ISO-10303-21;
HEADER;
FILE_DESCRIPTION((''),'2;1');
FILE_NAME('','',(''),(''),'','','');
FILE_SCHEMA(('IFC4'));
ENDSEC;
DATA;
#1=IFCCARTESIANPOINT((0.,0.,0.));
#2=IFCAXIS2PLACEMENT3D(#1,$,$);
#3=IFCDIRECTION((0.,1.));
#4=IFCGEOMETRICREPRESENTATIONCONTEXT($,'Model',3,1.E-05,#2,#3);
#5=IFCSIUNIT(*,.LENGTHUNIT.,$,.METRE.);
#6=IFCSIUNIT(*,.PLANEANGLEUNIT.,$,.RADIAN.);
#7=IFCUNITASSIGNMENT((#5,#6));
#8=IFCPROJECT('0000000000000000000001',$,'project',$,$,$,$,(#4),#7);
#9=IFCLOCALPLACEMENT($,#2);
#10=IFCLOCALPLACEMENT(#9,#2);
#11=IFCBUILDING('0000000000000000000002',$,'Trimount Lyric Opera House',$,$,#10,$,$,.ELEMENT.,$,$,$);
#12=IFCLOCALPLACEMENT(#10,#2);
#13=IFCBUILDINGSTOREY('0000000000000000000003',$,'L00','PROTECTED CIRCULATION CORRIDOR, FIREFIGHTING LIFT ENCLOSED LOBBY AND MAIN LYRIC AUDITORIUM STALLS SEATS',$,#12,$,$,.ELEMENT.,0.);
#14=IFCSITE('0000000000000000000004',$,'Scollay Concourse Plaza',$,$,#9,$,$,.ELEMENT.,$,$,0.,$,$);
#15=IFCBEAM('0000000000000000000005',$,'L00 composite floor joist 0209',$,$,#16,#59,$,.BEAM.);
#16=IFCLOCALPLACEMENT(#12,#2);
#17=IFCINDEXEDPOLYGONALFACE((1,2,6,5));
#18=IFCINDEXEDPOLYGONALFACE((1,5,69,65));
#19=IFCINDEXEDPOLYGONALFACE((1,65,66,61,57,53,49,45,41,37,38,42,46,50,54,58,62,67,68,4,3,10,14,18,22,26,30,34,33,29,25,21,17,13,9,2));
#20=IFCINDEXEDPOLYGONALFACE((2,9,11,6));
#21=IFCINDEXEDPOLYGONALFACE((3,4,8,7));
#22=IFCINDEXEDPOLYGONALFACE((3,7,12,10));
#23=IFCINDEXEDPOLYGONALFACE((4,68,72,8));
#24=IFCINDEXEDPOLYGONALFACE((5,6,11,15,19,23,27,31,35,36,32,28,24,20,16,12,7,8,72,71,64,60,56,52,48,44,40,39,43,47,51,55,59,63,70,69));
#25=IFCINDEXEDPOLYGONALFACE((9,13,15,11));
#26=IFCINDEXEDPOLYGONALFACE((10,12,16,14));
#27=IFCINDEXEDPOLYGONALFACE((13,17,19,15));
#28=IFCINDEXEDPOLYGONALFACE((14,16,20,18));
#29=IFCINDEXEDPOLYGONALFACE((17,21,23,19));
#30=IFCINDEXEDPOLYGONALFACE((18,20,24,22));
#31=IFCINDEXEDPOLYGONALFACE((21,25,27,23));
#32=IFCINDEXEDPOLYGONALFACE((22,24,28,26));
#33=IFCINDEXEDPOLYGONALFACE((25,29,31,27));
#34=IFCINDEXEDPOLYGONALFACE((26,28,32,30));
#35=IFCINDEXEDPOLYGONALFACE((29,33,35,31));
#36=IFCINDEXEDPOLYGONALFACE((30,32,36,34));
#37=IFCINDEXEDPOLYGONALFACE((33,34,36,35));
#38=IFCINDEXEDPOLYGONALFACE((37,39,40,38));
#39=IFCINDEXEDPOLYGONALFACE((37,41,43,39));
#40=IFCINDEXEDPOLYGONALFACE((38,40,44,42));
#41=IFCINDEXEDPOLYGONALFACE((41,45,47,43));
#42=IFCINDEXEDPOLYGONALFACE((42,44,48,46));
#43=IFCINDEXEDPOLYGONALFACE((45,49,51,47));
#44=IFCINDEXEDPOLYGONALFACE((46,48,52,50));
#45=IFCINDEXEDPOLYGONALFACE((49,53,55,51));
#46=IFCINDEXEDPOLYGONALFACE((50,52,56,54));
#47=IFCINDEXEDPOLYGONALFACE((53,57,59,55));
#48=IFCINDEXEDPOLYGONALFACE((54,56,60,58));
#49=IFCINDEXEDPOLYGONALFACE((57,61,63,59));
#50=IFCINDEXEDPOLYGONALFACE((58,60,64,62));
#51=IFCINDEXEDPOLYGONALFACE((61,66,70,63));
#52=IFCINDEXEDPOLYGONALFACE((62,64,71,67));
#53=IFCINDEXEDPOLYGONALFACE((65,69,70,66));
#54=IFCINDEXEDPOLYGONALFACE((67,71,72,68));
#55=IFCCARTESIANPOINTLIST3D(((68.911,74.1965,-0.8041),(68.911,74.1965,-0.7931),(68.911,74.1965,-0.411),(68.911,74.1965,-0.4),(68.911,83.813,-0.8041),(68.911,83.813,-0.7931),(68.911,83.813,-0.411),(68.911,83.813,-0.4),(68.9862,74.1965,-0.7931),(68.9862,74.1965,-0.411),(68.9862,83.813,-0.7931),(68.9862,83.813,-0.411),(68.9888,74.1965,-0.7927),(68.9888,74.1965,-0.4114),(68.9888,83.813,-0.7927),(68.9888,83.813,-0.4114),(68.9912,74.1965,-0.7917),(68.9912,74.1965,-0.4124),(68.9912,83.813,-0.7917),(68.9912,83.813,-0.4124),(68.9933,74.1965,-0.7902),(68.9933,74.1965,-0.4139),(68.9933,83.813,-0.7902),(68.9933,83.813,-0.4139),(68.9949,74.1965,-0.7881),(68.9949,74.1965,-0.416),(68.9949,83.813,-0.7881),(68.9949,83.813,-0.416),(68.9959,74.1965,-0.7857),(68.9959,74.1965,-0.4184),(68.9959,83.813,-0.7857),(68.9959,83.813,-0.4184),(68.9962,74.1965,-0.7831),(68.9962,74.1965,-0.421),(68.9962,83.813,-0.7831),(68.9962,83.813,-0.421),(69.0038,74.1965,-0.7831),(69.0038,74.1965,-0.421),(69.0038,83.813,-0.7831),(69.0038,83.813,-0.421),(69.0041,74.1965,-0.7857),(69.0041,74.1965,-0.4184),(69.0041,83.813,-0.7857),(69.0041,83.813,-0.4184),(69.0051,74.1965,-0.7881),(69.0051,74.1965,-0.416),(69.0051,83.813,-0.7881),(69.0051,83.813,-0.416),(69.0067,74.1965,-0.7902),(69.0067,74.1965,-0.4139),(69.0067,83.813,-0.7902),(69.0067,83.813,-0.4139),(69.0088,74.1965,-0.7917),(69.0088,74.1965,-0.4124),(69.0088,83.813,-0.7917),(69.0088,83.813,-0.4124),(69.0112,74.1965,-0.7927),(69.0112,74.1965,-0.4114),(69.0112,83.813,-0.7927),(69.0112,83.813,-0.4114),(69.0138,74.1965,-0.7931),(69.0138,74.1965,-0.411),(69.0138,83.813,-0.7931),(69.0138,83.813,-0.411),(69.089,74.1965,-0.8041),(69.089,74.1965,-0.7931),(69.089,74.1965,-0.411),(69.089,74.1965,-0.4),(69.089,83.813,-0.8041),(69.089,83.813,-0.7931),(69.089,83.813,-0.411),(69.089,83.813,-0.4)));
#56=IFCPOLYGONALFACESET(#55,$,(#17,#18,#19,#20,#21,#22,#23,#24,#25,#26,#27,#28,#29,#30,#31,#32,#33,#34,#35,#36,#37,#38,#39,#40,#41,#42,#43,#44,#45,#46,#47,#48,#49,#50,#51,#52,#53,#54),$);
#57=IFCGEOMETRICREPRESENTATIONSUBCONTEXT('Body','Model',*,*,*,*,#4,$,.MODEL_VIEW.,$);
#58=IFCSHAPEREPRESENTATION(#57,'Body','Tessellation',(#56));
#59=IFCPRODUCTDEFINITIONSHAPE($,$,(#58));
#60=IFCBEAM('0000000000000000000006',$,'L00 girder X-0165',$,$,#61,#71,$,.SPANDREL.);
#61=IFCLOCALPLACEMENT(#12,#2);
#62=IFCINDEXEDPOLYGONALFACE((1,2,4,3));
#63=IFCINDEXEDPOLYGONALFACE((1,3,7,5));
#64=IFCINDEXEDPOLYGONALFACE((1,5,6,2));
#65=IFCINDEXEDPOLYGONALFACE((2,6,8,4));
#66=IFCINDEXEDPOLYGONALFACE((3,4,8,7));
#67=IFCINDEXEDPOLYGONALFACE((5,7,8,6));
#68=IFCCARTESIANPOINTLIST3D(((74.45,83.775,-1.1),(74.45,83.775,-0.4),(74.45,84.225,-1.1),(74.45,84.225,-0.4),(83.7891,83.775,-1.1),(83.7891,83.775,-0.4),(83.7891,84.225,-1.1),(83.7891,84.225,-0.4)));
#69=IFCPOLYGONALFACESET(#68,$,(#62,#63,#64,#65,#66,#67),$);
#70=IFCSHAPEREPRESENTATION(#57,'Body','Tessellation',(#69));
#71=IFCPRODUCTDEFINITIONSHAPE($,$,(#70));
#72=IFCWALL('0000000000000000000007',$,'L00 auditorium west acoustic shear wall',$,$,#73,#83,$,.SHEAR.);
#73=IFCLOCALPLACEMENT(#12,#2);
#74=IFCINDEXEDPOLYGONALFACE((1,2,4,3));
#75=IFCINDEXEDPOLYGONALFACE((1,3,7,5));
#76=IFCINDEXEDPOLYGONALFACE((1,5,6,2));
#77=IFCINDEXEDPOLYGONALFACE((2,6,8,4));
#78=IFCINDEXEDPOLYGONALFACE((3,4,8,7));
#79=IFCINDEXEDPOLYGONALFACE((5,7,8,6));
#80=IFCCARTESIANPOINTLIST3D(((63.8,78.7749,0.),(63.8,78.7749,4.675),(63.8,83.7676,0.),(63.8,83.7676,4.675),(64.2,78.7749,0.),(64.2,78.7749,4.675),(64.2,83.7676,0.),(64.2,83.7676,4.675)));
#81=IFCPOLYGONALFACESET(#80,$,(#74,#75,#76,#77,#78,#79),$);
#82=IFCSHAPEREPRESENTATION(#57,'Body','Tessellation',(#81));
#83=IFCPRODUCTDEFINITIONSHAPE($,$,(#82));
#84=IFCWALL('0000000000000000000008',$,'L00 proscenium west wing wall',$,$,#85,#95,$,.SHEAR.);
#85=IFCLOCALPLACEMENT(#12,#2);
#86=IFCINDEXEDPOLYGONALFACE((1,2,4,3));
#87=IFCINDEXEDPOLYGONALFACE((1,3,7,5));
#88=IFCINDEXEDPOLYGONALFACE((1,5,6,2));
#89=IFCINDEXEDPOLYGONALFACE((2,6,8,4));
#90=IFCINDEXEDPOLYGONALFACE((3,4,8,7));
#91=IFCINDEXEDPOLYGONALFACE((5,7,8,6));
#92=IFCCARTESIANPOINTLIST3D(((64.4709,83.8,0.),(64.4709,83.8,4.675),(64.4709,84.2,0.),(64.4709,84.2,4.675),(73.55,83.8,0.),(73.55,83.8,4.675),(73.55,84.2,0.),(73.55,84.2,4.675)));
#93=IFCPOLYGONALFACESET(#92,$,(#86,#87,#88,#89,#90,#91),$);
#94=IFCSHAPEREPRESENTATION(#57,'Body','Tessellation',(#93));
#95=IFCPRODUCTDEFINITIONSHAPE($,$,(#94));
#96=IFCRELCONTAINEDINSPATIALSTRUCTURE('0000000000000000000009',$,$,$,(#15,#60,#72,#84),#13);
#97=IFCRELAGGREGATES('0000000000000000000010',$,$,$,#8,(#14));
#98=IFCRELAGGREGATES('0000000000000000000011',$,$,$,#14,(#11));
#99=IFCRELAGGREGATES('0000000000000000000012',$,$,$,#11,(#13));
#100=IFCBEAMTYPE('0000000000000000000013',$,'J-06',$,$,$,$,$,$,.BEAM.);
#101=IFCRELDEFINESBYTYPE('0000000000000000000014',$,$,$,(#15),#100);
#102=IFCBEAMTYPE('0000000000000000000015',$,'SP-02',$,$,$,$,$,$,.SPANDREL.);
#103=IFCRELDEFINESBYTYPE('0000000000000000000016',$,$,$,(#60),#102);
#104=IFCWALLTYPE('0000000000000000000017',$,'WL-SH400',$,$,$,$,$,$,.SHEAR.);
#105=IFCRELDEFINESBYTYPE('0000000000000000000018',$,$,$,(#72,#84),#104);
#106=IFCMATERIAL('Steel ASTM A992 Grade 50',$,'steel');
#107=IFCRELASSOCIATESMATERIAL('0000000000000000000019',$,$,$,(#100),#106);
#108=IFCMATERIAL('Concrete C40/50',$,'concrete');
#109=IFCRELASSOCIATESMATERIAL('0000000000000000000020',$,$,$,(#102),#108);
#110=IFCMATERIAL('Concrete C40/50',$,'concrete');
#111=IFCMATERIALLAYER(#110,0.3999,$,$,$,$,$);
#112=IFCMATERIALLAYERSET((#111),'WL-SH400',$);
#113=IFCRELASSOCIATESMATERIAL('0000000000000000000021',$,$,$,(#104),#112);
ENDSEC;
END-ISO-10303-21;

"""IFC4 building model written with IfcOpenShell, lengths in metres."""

from ifc_helpers import new_model, si_unit, direction, frame, frame_2d, origin, origin_2d, place, context, subcontext, project, spatial, rectangle, i_section, extrude, material, layer, layer_set, material_profile, profile_set, type_object, element, save


model = new_model("IFC4")

# Units and contexts
model_context = context("Model", 3, precision=1e-05, world=origin(), true_north=direction((0.0, 1.0)))
body_context = subcontext(model_context, "Body", "Model", "MODEL_VIEW")
ifc_project = project(units=[si_unit("LENGTHUNIT", "METRE"), si_unit("PLANEANGLEUNIT", "RADIAN")], contexts=[model_context])

# Site, building, storey
site_placement = place(None, origin())
site = spatial("IfcSite", under=ifc_project, at=site_placement, Name="Scollay Concourse Plaza", CompositionType="ELEMENT", RefElevation=0.0)
building_placement = place(site_placement, origin())
building = spatial("IfcBuilding", under=site, at=building_placement, Name="Trimount Lyric Opera House", CompositionType="ELEMENT")
storey_placement = place(building_placement, origin())
storey = spatial("IfcBuildingStorey", under=building, at=storey_placement, Name="L00", Description="PROTECTED CIRCULATION CORRIDOR, FIREFIGHTING LIFT ENCLOSED LOBBY AND MAIN LYRIC AUDITORIUM STALLS SEATS", CompositionType="ELEMENT", Elevation=0.0)

# Beams
ifc_material_1 = material(Name="Steel ASTM A992 Grade 50", Category="steel")
ifc_material_profile_1 = material_profile(ifc_material_1, i_section(OverallWidth=0.178, OverallDepth=0.4041, WebThickness=0.0076, FlangeThickness=0.011, FilletRadius=0.01, at=origin_2d()), Name="W16X36")
ifc_profile_set_1 = profile_set([ifc_material_profile_1], Name="Steel ASTM A992 Grade 50")
beam_type_1 = type_object("IfcBeamType", Name="J-06", PredefinedType="BEAM", material=ifc_profile_set_1)
beam_1_placement = place(storey_placement, frame((69.0, 74.1965, -0.6021), z_axis=(0.0, 1.0, 0.0), x_axis=(-1.0, 0.0, 0.0)))
element("IfcBeam", 1, at=beam_1_placement, inside=storey, type_object=beam_type_1, Name="L00 composite floor joist 0209", PredefinedType="BEAM", context=body_context, shape_type="SweptSolid", body=[
    extrude(i_section(OverallWidth=0.178, OverallDepth=0.4041, WebThickness=0.0076, FlangeThickness=0.011, FilletRadius=0.01, at=origin_2d()), origin(), (0.0, 0.0, 1.0), 9.6165),
])
ifc_material_2 = material(Name="Concrete C40/50", Category="concrete")
ifc_material_profile_2 = material_profile(ifc_material_2, rectangle(XDim=0.45, YDim=0.7, at=origin_2d()), Name="RC450X700")
ifc_profile_set_2 = profile_set([ifc_material_profile_2], Name="Concrete C40/50")
beam_type_2 = type_object("IfcBeamType", Name="SP-02", PredefinedType="SPANDREL", material=ifc_profile_set_2)
beam_2_placement = place(storey_placement, frame((74.45, 84.0, -0.75), z_axis=(1.0, 0.0, 0.0), x_axis=(0.0, 1.0, 0.0)))
element("IfcBeam", 2, at=beam_2_placement, inside=storey, type_object=beam_type_2, Name="L00 girder X-0165", PredefinedType="SPANDREL", context=body_context, shape_type="SweptSolid", body=[
    extrude(rectangle(XDim=0.45, YDim=0.7, at=origin_2d()), origin(), (0.0, 0.0, 1.0), 9.3391),
])

# Walls
ifc_material_3 = material(Name="Concrete C40/50", Category="concrete")
ifc_layer = layer(ifc_material_3, 0.3999)
ifc_layer_set = layer_set([ifc_layer], Name="WL-SH400")
wall_type = type_object("IfcWallType", Name="WL-SH400", PredefinedType="SHEAR", material=ifc_layer_set)
wall_1_placement = place(storey_placement, frame((64.0, 78.7749, 0.0), z_axis=(0.0, 0.0, 1.0), x_axis=(0.0, 1.0, 0.0)))
element("IfcWall", 3, at=wall_1_placement, inside=storey, type_object=wall_type, Name="L00 auditorium west acoustic shear wall", PredefinedType="SHEAR", context=body_context, shape_type="SweptSolid", body=[
    extrude(rectangle(XDim=4.9927, YDim=0.3999, at=frame_2d((2.4963, 0.0))), origin(), (0.0, 0.0, 1.0), 4.675),
])
wall_2_placement = place(storey_placement, frame((64.4709, 84.0, 0.0), z_axis=(0.0, 0.0, 1.0), x_axis=(1.0, 0.0, 0.0)))
element("IfcWall", 4, at=wall_2_placement, inside=storey, type_object=wall_type, Name="L00 proscenium west wing wall", PredefinedType="SHEAR", context=body_context, shape_type="SweptSolid", body=[
    extrude(rectangle(XDim=9.0791, YDim=0.3999, at=frame_2d((4.5396, 0.0))), origin(), (0.0, 0.0, 1.0), 4.675),
])

save(model, "model.ifc")
